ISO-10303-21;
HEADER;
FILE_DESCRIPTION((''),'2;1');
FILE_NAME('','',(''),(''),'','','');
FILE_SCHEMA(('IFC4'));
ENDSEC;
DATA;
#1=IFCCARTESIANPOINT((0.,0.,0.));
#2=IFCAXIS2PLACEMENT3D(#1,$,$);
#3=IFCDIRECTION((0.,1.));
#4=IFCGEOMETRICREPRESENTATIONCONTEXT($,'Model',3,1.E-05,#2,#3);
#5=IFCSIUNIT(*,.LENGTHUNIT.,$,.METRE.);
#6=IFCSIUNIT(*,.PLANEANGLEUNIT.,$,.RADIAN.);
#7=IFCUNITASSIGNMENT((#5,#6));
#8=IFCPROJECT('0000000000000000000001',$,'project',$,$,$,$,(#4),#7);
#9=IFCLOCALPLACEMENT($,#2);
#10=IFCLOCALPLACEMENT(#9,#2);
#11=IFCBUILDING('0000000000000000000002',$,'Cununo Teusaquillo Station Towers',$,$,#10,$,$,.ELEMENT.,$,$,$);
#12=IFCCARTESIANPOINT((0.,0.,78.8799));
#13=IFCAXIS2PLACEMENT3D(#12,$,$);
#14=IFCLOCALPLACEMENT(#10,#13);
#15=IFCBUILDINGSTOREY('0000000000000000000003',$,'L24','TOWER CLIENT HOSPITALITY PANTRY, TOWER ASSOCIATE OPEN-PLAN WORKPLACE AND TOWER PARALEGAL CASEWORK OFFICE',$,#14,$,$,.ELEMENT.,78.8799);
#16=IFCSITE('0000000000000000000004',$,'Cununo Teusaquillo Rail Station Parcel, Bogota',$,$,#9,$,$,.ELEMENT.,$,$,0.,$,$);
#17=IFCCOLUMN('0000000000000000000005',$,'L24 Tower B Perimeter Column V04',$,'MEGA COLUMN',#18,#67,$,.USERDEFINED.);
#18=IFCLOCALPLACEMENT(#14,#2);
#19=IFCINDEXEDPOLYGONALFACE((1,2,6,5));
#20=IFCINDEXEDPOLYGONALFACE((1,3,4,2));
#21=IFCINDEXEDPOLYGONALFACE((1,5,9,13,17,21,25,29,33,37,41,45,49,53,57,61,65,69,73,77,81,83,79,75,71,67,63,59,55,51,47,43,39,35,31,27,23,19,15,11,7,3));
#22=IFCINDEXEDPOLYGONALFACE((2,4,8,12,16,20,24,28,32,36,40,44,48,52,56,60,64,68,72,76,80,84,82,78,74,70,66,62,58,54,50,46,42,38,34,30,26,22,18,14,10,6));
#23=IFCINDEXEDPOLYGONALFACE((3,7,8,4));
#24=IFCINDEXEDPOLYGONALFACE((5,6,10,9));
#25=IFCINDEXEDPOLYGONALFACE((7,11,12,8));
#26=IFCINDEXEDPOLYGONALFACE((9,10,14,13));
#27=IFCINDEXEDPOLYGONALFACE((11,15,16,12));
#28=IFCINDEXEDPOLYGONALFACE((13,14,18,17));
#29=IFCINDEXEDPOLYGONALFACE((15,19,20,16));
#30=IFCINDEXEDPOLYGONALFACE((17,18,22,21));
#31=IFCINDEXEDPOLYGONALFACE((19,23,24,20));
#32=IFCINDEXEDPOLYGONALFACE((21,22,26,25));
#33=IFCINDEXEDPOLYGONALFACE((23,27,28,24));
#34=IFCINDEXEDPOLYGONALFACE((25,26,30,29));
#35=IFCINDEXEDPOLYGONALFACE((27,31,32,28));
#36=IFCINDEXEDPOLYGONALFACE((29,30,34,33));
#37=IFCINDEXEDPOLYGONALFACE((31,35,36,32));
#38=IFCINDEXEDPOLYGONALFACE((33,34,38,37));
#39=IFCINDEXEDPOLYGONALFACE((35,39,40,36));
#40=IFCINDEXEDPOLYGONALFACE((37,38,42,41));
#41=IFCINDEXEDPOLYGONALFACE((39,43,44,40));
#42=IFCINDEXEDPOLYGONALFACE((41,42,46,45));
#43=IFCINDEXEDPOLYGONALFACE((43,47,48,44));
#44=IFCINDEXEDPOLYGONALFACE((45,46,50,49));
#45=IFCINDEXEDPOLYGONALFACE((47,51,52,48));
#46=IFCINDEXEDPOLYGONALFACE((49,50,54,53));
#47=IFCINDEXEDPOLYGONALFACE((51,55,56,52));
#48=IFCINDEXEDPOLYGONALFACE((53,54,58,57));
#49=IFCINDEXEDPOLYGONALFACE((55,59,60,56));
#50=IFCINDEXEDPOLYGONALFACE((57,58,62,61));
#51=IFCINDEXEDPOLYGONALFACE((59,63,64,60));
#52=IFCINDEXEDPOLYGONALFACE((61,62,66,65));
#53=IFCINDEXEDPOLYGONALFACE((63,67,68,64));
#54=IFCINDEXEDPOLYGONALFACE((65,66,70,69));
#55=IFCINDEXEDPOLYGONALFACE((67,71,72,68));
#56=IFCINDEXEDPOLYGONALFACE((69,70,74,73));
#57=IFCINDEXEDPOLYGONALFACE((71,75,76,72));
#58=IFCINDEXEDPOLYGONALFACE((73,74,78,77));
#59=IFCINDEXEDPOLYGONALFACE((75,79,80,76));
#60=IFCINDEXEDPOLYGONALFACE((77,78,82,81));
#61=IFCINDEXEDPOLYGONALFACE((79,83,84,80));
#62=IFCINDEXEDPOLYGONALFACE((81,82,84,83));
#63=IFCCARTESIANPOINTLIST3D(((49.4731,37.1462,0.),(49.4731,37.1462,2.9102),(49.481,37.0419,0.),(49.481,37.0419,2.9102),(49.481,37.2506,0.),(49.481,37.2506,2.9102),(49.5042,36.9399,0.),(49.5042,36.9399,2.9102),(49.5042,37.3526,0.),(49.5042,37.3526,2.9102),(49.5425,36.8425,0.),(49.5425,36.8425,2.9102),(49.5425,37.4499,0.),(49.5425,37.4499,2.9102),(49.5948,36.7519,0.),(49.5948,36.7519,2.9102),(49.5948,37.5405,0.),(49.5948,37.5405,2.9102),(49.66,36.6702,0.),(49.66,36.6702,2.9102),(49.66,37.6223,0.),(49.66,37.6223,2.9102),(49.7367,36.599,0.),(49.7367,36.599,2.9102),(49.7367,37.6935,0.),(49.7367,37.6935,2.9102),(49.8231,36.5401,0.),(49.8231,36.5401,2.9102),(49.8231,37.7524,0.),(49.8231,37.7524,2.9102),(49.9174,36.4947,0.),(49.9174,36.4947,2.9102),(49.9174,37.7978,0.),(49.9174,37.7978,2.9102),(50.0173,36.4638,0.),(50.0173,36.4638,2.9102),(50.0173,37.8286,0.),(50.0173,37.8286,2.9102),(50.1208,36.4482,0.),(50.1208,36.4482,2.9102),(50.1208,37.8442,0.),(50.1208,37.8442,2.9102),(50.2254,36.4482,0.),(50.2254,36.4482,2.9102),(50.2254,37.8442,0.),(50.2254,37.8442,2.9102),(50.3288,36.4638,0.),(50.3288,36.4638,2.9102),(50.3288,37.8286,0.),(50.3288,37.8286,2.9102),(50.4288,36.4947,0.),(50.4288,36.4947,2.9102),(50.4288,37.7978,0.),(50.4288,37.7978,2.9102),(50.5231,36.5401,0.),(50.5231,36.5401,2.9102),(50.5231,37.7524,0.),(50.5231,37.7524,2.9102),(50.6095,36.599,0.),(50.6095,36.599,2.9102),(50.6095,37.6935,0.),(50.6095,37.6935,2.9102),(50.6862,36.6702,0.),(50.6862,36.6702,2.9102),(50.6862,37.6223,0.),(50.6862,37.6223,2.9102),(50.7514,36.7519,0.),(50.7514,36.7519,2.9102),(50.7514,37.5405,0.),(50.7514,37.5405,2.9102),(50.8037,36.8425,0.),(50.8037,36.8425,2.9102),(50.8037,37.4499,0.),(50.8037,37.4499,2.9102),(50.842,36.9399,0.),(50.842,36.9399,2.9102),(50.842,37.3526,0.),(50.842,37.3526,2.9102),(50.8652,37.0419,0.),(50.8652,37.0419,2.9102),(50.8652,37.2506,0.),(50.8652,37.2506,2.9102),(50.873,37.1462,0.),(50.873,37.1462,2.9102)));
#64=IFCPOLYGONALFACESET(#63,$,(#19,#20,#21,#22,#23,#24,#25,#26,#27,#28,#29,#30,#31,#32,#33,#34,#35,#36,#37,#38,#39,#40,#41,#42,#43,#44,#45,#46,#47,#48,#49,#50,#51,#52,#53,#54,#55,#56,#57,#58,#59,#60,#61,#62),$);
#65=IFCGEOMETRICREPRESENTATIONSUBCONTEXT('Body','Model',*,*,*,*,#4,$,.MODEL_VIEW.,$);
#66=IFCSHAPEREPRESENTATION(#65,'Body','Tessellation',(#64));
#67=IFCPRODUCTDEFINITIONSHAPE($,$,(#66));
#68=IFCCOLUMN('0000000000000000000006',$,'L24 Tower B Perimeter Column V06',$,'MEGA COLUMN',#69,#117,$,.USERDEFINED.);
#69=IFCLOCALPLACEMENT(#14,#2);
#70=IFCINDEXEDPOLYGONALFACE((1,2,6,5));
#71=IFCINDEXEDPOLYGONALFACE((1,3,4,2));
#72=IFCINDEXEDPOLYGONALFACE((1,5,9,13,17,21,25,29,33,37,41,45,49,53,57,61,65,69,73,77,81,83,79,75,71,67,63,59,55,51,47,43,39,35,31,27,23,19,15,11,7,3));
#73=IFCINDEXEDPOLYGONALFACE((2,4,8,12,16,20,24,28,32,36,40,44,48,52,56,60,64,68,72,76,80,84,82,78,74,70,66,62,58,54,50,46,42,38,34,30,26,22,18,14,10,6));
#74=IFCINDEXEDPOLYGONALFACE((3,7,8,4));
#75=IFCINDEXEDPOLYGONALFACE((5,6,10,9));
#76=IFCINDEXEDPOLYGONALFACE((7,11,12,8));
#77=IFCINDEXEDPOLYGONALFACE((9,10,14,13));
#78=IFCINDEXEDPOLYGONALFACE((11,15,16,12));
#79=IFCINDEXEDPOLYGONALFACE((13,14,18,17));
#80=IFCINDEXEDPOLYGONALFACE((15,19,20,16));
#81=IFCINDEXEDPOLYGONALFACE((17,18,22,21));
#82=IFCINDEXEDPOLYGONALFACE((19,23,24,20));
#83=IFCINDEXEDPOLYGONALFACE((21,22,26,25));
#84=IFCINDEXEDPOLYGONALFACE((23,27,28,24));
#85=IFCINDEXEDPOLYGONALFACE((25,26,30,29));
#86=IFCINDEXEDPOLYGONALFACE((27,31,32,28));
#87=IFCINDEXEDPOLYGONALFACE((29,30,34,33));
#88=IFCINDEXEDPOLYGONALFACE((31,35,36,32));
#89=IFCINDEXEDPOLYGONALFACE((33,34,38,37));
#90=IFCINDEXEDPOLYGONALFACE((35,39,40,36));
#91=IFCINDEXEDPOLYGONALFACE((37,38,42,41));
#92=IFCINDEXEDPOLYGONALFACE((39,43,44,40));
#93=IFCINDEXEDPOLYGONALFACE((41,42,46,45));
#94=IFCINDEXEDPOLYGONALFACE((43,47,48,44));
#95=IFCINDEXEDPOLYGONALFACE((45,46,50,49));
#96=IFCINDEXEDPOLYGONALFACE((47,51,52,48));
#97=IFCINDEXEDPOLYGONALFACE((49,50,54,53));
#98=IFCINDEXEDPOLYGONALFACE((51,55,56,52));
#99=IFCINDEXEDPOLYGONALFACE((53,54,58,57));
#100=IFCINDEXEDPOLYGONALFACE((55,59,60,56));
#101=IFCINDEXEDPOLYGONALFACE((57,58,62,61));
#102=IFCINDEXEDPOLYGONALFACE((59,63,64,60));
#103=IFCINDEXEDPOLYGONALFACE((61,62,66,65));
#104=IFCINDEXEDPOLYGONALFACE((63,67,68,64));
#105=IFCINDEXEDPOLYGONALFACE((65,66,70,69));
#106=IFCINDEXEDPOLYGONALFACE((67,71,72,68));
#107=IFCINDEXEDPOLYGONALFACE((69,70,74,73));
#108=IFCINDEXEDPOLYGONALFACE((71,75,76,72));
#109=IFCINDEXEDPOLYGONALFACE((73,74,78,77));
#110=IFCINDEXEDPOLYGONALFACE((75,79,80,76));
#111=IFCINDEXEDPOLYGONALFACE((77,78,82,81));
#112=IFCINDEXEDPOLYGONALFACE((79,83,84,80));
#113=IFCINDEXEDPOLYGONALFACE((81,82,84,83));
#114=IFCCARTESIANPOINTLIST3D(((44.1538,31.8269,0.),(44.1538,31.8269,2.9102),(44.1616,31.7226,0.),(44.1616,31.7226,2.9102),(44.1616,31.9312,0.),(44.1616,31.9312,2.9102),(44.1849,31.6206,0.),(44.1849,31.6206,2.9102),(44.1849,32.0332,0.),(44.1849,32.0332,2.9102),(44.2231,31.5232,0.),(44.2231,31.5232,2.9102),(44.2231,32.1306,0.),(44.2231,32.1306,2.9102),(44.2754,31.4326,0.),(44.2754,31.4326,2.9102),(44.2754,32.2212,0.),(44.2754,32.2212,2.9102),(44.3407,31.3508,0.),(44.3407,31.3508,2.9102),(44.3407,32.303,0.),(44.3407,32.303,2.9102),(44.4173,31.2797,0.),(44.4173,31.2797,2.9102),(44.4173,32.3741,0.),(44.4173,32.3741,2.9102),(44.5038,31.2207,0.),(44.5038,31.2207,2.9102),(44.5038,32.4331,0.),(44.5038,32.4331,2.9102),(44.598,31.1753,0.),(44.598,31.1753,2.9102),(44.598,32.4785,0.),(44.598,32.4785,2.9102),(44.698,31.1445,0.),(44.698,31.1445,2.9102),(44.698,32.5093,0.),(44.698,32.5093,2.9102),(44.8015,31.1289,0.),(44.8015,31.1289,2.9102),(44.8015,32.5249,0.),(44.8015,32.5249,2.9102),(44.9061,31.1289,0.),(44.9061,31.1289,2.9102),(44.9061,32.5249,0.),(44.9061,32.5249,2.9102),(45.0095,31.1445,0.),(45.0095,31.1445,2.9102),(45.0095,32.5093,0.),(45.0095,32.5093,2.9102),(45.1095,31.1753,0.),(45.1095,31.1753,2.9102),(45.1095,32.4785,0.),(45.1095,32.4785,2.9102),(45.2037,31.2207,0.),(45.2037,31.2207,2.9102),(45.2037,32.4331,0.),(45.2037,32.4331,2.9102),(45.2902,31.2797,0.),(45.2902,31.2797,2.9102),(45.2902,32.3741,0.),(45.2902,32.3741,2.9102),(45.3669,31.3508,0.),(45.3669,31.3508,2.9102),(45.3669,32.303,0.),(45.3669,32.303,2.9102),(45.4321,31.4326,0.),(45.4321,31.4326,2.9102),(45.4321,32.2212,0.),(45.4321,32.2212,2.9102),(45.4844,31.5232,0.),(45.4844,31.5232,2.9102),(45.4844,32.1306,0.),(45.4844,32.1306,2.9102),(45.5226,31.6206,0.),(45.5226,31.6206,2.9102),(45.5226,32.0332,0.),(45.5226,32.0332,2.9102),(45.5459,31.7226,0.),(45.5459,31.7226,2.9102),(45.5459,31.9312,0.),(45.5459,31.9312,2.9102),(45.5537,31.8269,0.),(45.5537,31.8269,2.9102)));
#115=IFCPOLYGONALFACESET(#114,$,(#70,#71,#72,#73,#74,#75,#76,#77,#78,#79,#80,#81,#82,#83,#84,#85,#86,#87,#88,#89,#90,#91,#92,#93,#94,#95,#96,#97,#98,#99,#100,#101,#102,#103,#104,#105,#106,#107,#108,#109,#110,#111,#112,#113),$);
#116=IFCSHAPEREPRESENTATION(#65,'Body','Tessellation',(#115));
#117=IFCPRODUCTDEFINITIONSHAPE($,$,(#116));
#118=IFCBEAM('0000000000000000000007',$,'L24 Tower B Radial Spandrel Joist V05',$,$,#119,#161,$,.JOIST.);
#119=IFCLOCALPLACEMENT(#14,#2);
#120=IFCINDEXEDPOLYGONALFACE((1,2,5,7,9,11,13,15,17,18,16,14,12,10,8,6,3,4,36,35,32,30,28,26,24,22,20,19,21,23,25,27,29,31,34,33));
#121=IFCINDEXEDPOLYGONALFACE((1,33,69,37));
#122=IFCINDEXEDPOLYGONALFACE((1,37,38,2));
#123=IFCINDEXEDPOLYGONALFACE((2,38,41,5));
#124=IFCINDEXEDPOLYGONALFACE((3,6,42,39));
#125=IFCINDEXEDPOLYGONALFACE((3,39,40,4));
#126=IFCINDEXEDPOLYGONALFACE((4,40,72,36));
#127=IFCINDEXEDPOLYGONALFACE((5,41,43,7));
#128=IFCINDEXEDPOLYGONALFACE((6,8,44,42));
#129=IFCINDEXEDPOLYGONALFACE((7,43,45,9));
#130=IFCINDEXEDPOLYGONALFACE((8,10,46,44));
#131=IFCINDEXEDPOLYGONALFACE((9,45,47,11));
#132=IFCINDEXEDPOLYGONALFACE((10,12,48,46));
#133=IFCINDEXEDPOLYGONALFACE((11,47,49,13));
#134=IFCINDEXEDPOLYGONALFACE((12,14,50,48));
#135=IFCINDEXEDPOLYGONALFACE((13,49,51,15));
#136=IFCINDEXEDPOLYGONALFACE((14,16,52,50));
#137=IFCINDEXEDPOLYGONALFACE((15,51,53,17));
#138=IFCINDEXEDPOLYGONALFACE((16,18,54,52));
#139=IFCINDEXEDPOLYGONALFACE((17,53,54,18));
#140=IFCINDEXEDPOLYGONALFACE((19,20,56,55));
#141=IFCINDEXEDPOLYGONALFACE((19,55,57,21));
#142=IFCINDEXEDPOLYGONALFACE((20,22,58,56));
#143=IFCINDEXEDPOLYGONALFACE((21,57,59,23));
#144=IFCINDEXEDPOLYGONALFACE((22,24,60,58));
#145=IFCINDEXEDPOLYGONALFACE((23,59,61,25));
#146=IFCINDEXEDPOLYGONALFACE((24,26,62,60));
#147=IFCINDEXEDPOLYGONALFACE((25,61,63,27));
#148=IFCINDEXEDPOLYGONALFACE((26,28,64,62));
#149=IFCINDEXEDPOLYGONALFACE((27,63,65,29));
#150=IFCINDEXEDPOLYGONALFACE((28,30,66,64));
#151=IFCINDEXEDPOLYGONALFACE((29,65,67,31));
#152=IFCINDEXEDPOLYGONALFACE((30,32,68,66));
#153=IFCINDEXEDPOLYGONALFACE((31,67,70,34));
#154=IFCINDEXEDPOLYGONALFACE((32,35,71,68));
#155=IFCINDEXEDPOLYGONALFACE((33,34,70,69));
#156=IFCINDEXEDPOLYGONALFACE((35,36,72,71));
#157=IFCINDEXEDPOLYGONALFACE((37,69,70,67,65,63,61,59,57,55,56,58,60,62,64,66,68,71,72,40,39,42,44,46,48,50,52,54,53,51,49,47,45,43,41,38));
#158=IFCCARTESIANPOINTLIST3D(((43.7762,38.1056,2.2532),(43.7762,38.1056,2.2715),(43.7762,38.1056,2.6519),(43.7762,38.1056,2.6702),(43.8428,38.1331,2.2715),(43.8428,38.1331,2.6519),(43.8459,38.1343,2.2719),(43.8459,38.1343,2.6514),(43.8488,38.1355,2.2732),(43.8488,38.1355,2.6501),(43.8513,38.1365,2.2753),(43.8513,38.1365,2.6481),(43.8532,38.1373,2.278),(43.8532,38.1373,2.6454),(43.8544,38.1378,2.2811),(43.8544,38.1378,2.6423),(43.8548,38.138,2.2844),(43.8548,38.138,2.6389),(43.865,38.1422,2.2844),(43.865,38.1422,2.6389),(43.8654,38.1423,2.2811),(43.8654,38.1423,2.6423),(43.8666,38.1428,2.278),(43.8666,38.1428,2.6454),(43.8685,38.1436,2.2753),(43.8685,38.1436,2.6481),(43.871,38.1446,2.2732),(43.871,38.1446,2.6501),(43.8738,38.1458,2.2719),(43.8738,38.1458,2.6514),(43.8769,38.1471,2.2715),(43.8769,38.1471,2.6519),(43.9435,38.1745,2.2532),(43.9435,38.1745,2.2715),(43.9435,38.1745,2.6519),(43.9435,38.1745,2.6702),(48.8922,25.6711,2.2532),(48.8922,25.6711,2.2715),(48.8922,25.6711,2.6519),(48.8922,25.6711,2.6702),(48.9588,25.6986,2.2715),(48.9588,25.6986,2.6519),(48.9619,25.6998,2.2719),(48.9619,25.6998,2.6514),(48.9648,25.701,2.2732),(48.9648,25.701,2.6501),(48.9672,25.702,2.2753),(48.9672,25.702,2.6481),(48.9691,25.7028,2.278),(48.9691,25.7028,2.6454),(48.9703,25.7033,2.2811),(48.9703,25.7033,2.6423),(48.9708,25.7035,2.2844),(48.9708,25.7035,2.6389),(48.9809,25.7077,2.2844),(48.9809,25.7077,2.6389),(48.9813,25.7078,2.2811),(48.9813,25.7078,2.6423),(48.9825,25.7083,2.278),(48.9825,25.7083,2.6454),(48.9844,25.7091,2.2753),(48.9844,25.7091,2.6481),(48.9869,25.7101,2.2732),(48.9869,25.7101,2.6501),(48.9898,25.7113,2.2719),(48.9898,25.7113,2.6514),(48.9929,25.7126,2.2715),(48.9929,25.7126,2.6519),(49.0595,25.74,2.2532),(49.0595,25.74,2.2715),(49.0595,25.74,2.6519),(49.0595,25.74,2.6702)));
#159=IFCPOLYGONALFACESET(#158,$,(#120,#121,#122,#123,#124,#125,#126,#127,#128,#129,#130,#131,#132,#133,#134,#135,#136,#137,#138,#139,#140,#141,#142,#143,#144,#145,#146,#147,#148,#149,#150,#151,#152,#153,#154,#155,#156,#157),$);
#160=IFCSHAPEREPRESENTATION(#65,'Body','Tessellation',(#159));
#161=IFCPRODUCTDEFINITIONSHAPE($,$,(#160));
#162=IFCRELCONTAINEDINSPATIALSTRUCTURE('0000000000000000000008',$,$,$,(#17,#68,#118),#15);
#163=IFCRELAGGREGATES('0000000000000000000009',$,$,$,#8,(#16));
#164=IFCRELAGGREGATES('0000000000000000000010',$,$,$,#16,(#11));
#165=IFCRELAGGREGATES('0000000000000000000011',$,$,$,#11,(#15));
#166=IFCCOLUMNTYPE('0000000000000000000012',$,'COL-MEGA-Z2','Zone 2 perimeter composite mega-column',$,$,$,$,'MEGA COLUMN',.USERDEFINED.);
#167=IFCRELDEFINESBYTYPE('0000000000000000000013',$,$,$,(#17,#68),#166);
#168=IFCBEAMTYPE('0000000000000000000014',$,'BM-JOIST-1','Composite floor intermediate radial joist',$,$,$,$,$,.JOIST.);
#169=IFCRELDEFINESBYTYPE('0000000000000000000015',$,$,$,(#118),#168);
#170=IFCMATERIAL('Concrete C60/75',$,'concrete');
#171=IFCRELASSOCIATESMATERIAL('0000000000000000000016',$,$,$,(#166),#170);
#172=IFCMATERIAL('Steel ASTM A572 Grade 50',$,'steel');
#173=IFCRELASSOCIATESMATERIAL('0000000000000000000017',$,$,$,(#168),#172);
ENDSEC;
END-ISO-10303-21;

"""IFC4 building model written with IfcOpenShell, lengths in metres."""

from ifc_helpers import new_model, si_unit, direction, frame, origin, origin_2d, place, context, subcontext, project, spatial, circle, i_section, extrude, material, material_profile, profile_set, type_object, element, save


model = new_model("IFC4")

# Units and contexts
model_context = context("Model", 3, precision=1e-05, world=origin(), true_north=direction((0.0, 1.0)))
body_context = subcontext(model_context, "Body", "Model", "MODEL_VIEW")
ifc_project = project(units=[si_unit("LENGTHUNIT", "METRE"), si_unit("PLANEANGLEUNIT", "RADIAN")], contexts=[model_context])

# Site, building, storey
site_placement = place(None, origin())
site = spatial("IfcSite", under=ifc_project, at=site_placement, Name="Cununo Teusaquillo Rail Station Parcel, Bogota", CompositionType="ELEMENT", RefElevation=0.0)
building_placement = place(site_placement, origin())
building = spatial("IfcBuilding", under=site, at=building_placement, Name="Cununo Teusaquillo Station Towers", CompositionType="ELEMENT")
storey_placement = place(building_placement, frame((0.0, 0.0, 78.8799)))
storey = spatial("IfcBuildingStorey", under=building, at=storey_placement, Name="L24", Description="TOWER CLIENT HOSPITALITY PANTRY, TOWER ASSOCIATE OPEN-PLAN WORKPLACE AND TOWER PARALEGAL CASEWORK OFFICE", CompositionType="ELEMENT", Elevation=78.8799)

# Columns
ifc_material_1 = material(Name="Concrete C60/75", Category="concrete")
ifc_material_profile_1 = material_profile(ifc_material_1, circle(Radius=0.7, at=origin_2d()), Name="RC-CIRC-1400")
ifc_profile_set_1 = profile_set([ifc_material_profile_1], Name="Concrete C60/75")
column_type = type_object("IfcColumnType", Name="COL-MEGA-Z2", Description="Zone 2 perimeter composite mega-column", ElementType="MEGA COLUMN", PredefinedType="USERDEFINED", material=ifc_profile_set_1)
for number, where, z_axis, x_axis, name in (
    (1, (50.1731, 37.1462, 0.0), (0.0, 0.0, 1.0), (1.0, 0.0, 0.0), "L24 Tower B Perimeter Column V04"),
    (2, (44.8538, 31.8269, 0.0), (0.0, 0.0, 1.0), (1.0, 0.0, 0.0), "L24 Tower B Perimeter Column V06"),
):
    element("IfcColumn", number, at=place(storey_placement, frame(where, z_axis=z_axis, x_axis=x_axis)), inside=storey, type_object=column_type, Name=name, ObjectType="MEGA COLUMN", PredefinedType="USERDEFINED", context=body_context, shape_type="SweptSolid", body=[
        extrude(circle(Radius=0.7, at=origin_2d()), origin(), (0.0, 0.0, 1.0), 2.9102),
    ])

# Beam
ifc_material_2 = material(Name="Steel ASTM A572 Grade 50", Category="steel")
ifc_material_profile_2 = material_profile(ifc_material_2, i_section(OverallWidth=0.1809, OverallDepth=0.417, WebThickness=0.011, FlangeThickness=0.0183, FilletRadius=0.0129, at=origin_2d()), Name="W16X57")
ifc_profile_set_2 = profile_set([ifc_material_profile_2], Name="Steel ASTM A572 Grade 50")
beam_type_1 = type_object("IfcBeamType", Name="BM-JOIST-1", Description="Composite floor intermediate radial joist", PredefinedType="JOIST", material=ifc_profile_set_2)
beam_1_placement = place(storey_placement, frame((48.9758, 25.7056, 2.4617), z_axis=(-0.380486, 0.924787, 0.0), x_axis=(-0.924787, -0.380486, 0.0)))
element("IfcBeam", 3, at=beam_1_placement, inside=storey, type_object=beam_type_1, Name="L24 Tower B Radial Spandrel Joist V05", PredefinedType="JOIST", context=body_context, shape_type="SweptSolid", body=[
    extrude(i_section(OverallWidth=0.1809, OverallDepth=0.417, WebThickness=0.011, FlangeThickness=0.0183, FilletRadius=0.0129, at=origin_2d()), origin(), (0.0, 0.0, 1.0), 13.4458),
])

save(model, "model.ifc")
